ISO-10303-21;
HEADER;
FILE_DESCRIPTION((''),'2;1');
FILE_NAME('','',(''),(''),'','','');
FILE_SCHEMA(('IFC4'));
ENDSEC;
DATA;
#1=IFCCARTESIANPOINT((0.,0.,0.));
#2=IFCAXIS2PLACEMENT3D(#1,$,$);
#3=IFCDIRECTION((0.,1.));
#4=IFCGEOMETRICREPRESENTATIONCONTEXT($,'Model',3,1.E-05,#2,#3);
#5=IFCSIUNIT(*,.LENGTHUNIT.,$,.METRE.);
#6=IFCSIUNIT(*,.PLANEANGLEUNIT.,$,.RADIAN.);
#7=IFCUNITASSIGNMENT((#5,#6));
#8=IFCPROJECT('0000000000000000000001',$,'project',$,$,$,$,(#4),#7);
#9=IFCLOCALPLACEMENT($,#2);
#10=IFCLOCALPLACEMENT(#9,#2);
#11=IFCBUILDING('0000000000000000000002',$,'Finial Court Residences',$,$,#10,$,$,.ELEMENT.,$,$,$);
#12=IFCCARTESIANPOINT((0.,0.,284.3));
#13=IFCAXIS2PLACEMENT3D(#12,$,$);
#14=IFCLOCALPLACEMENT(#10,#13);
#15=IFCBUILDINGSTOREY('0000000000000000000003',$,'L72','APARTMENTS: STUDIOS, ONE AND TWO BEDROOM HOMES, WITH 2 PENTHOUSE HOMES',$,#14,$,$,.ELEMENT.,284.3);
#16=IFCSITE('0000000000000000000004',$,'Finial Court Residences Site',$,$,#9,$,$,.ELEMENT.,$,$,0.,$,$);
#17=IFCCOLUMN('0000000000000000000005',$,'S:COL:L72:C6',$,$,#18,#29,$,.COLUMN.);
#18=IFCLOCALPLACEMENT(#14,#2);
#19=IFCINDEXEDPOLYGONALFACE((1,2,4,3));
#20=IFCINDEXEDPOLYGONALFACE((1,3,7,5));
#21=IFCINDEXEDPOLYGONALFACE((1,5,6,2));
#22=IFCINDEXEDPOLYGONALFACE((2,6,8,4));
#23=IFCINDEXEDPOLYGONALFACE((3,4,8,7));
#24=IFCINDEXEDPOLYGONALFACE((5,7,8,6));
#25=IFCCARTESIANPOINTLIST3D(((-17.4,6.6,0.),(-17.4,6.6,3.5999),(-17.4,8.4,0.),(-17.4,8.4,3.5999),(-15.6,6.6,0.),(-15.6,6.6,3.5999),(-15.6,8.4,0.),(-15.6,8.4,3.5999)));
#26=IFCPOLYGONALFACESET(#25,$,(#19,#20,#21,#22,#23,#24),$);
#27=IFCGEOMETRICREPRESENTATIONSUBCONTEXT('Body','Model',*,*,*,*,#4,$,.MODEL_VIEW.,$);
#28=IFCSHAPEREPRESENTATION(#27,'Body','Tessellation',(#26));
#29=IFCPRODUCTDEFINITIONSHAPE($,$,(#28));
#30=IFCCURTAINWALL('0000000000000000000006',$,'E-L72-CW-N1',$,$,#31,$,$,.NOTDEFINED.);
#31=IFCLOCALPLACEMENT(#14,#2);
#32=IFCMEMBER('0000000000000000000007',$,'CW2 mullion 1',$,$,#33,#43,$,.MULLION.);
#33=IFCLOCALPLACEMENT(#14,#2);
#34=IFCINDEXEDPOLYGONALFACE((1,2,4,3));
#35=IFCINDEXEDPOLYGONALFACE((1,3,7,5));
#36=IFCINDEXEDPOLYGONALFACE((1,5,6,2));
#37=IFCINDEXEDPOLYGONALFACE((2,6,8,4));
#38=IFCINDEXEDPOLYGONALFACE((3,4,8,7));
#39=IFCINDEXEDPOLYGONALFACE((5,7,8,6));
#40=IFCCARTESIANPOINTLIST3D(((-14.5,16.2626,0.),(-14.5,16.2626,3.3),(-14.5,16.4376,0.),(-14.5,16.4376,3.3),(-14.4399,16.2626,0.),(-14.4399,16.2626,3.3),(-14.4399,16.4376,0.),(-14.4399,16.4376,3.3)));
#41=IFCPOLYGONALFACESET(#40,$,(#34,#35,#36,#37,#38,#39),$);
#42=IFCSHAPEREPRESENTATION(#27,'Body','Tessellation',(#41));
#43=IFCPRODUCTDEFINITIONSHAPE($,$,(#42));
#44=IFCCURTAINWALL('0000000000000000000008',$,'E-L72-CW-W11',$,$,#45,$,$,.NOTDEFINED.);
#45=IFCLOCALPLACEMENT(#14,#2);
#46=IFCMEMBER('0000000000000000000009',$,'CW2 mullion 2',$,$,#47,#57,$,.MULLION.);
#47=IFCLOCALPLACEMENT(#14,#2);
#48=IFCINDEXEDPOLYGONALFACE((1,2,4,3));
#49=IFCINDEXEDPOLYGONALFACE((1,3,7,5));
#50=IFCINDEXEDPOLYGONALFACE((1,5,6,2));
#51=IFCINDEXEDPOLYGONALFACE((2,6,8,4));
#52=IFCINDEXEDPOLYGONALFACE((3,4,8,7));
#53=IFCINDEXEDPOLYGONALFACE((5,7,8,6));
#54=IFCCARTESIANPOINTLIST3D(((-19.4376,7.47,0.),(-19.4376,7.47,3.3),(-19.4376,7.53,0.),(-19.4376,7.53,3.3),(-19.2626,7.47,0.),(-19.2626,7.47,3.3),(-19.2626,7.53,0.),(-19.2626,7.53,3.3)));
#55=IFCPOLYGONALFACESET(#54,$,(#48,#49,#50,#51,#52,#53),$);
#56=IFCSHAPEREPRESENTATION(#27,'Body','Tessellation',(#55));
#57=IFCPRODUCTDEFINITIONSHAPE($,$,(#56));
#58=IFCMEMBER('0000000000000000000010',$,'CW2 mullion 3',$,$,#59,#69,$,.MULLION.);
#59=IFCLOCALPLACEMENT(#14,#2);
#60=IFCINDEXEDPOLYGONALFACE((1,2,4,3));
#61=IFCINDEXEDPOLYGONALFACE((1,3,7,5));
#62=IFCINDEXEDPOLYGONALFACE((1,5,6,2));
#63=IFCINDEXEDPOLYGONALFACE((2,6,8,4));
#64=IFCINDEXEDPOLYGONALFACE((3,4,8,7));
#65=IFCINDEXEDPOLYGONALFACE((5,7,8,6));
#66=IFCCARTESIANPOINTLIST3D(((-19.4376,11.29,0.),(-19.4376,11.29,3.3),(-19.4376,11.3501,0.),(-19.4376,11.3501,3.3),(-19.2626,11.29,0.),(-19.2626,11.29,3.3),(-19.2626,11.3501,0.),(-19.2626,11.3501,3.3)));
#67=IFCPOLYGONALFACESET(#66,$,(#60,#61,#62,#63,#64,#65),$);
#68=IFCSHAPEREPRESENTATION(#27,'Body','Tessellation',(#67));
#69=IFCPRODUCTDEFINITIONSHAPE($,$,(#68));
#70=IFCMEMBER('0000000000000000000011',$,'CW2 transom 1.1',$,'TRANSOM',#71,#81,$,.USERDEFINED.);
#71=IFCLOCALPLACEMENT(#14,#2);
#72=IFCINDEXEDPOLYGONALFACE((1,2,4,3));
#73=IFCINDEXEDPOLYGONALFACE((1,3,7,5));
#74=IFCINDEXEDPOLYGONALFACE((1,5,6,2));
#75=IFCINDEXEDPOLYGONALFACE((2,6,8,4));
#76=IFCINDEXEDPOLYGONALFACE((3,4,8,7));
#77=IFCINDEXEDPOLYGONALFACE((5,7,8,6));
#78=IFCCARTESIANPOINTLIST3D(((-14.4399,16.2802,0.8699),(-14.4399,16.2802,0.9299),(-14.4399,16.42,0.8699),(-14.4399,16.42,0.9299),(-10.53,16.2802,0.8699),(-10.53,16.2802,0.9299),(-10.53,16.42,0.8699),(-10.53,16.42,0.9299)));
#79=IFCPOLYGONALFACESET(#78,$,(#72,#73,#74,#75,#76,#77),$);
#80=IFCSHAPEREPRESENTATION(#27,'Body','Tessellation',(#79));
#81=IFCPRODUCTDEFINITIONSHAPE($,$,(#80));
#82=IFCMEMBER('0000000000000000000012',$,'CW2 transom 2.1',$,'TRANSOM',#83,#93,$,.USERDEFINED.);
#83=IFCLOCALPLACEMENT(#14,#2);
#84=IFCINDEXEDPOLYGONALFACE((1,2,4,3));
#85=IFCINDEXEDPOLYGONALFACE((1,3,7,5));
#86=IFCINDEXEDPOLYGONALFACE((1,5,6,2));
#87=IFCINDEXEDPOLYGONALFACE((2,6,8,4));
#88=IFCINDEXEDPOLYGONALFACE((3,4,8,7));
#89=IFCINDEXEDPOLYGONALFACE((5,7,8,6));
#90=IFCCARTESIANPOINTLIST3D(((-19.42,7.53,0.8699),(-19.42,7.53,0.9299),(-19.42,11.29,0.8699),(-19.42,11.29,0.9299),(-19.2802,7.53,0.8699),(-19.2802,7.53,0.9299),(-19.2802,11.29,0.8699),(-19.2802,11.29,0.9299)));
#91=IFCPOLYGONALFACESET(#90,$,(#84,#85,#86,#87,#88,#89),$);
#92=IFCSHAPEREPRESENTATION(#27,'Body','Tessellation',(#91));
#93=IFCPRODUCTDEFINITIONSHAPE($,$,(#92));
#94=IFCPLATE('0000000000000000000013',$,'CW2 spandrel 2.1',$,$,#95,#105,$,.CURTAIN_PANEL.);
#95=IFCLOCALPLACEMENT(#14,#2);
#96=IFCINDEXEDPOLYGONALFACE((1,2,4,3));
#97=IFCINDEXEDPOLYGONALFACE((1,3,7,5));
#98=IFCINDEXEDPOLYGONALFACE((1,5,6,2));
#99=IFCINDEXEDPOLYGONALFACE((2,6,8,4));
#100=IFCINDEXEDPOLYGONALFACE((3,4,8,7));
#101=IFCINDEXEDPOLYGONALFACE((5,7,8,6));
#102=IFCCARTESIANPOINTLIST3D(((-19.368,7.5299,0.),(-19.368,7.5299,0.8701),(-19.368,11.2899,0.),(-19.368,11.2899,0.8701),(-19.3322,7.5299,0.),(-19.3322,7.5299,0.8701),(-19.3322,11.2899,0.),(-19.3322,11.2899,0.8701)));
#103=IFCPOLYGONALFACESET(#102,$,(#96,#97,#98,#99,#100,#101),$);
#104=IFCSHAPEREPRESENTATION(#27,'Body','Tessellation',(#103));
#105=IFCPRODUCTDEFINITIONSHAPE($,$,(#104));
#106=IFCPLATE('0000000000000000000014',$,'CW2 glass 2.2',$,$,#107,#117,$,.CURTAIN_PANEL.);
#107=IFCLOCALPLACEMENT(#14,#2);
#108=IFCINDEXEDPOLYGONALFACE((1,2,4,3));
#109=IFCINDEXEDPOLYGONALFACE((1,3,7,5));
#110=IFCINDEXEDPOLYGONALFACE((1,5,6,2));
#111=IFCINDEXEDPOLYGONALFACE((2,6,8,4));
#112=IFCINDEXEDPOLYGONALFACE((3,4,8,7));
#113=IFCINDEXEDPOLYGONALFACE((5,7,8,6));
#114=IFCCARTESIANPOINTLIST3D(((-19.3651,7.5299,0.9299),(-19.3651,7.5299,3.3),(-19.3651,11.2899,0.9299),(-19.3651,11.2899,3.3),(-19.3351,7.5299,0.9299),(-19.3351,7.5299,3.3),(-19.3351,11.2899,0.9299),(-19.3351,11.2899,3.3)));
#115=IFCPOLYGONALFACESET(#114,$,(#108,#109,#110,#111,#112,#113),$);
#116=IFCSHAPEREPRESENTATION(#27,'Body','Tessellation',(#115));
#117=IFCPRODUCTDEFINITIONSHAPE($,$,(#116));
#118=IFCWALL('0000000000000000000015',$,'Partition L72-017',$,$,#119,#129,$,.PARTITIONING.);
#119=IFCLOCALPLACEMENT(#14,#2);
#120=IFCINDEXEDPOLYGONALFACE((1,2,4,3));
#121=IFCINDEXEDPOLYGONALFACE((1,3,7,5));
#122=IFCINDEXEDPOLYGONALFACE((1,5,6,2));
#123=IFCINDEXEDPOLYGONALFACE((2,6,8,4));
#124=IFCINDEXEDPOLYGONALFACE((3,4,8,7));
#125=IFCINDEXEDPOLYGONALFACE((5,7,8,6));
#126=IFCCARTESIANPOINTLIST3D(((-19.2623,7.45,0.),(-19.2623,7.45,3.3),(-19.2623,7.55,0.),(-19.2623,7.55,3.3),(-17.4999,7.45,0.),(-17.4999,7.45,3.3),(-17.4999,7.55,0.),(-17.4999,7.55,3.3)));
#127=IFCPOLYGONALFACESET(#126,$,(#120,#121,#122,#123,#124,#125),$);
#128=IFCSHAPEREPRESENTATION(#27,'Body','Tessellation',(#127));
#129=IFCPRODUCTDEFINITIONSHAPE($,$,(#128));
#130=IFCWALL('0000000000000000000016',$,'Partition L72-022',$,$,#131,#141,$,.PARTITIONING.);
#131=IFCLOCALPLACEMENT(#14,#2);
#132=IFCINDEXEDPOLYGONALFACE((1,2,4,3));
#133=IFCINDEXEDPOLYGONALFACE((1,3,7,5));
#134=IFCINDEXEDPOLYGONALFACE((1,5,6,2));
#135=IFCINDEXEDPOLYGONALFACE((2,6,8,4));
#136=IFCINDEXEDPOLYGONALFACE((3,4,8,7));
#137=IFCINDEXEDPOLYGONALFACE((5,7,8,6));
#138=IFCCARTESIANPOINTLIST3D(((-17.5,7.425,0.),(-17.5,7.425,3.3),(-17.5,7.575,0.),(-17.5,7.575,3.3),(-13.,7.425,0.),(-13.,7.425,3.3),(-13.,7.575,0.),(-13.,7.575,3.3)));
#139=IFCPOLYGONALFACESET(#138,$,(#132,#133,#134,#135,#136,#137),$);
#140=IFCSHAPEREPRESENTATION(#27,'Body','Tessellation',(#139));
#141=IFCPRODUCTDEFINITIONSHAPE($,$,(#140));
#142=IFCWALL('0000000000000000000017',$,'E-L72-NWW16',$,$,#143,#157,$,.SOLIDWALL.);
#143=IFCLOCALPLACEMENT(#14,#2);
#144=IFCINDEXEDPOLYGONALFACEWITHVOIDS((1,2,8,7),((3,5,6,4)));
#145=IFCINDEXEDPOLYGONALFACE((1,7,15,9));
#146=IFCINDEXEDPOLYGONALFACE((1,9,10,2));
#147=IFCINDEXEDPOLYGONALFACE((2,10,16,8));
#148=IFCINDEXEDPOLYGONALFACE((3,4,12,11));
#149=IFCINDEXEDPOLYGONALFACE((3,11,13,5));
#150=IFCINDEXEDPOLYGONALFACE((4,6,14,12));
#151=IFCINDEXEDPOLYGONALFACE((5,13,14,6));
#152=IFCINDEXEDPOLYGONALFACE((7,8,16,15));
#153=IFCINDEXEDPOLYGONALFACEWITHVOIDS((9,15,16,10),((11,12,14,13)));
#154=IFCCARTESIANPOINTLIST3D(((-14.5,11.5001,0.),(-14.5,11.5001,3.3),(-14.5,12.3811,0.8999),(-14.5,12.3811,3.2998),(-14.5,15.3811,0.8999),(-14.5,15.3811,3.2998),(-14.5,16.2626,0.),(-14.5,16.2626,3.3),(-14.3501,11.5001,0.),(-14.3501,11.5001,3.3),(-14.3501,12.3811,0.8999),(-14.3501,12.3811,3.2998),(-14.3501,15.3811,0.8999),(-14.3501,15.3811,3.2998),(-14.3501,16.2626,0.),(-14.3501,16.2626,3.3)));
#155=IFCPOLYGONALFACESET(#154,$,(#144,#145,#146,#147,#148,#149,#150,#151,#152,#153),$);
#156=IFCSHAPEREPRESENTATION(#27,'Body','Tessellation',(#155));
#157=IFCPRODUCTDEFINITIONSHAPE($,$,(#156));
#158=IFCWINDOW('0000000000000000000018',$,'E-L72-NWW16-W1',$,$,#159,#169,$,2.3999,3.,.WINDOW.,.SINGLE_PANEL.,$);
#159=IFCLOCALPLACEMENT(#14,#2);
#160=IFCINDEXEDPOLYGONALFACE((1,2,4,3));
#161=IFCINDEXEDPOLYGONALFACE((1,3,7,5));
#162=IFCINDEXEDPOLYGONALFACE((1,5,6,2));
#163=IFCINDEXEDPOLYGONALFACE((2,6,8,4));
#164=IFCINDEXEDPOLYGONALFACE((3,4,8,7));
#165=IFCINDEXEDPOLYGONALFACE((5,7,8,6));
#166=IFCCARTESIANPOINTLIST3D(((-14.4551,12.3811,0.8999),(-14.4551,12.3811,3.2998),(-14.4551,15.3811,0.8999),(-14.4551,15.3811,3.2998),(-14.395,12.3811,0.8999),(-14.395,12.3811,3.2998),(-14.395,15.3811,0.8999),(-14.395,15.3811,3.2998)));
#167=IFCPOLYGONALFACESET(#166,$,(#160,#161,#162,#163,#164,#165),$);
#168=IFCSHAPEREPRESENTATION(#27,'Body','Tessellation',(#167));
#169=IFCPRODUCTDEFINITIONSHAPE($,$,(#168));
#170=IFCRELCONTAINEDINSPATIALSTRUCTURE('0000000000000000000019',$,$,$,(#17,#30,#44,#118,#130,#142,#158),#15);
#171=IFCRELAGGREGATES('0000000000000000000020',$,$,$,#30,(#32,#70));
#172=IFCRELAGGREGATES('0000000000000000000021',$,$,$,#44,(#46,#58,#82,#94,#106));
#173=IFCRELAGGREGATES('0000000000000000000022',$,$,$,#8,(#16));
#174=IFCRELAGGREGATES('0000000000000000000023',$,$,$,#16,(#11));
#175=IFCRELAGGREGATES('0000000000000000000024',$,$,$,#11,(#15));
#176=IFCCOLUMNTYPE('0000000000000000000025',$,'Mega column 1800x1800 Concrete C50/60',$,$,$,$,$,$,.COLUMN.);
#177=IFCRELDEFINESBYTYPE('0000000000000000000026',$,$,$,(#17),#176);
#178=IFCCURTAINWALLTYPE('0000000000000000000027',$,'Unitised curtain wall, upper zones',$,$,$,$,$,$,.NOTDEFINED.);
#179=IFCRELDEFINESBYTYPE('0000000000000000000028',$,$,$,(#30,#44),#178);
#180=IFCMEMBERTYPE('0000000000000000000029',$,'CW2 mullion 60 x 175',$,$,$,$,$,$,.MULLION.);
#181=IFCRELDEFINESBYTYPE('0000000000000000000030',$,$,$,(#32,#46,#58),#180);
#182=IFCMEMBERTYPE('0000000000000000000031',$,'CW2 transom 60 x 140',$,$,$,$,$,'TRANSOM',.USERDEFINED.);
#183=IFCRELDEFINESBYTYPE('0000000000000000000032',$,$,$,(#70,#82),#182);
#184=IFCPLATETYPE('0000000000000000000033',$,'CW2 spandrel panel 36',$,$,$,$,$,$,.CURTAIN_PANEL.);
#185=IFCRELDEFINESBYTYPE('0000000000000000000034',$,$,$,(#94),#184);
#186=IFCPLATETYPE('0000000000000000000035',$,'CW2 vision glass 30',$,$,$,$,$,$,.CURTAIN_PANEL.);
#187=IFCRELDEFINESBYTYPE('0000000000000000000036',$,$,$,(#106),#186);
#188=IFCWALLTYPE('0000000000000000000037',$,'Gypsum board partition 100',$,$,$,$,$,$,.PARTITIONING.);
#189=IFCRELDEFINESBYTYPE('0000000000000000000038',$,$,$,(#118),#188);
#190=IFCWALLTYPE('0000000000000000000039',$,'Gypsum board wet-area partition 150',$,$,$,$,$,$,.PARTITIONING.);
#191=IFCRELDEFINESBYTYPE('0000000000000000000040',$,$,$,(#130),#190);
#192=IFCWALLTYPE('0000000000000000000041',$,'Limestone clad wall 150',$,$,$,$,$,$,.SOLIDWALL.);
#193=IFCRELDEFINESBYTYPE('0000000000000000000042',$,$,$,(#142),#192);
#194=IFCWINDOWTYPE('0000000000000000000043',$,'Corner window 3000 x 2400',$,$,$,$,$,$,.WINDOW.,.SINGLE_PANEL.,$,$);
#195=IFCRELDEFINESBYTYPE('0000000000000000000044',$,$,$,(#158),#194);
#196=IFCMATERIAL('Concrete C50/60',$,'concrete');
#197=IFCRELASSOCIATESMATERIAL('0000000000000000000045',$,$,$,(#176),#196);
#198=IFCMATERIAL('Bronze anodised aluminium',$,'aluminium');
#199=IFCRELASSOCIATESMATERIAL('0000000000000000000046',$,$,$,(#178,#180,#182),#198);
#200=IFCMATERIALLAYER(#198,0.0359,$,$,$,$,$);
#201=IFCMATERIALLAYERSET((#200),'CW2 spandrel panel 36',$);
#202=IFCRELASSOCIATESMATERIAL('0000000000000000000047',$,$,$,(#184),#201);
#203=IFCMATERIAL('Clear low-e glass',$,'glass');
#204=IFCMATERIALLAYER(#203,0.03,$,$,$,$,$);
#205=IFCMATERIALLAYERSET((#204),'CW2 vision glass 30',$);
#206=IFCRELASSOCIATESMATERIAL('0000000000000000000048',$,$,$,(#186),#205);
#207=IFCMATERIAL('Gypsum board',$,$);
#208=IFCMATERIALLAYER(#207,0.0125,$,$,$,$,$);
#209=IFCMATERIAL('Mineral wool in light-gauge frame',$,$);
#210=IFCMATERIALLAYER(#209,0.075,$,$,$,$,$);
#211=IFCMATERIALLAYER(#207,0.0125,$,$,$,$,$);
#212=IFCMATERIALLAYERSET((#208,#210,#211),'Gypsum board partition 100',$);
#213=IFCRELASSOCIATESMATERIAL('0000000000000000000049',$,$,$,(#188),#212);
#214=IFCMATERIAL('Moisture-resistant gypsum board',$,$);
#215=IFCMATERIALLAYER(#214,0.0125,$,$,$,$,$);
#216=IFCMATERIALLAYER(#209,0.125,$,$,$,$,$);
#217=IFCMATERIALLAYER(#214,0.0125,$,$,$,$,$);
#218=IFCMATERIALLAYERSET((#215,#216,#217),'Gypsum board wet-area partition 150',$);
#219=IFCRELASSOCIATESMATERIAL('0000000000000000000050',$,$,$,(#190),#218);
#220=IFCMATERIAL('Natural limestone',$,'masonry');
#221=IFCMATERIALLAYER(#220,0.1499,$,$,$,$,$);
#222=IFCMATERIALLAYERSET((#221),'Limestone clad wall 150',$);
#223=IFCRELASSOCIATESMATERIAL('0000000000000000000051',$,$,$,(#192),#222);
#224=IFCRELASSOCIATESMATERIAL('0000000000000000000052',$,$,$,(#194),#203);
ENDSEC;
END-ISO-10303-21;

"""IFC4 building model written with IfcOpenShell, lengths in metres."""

from ifc_helpers import new_model, si_unit, direction, frame, frame_2d, origin, origin_2d, place, context, subcontext, project, spatial, rectangle, extrude, material, layer, layer_set, material_profile, profile_set, type_object, element, fill, aggregate, save


model = new_model("IFC4")

# Units and contexts
model_context = context("Model", 3, precision=1e-05, world=origin(), true_north=direction((0.0, 1.0)))
body_context = subcontext(model_context, "Body", "Model", "MODEL_VIEW")
ifc_project = project(units=[si_unit("LENGTHUNIT", "METRE"), si_unit("PLANEANGLEUNIT", "RADIAN")], contexts=[model_context])

# Site, building, storey
site_placement = place(None, origin())
site = spatial("IfcSite", under=ifc_project, at=site_placement, Name="Finial Court Residences Site", CompositionType="ELEMENT", RefElevation=0.0)
building_placement = place(site_placement, origin())
building = spatial("IfcBuilding", under=site, at=building_placement, Name="Finial Court Residences", CompositionType="ELEMENT")
storey_placement = place(building_placement, frame((0.0, 0.0, 284.3)))
storey = spatial("IfcBuildingStorey", under=building, at=storey_placement, Name="L72", Description="APARTMENTS: STUDIOS, ONE AND TWO BEDROOM HOMES, WITH 2 PENTHOUSE HOMES", CompositionType="ELEMENT", Elevation=284.3)

# Column
ifc_material_1 = material(Name="Concrete C50/60", Category="concrete")
ifc_material_profile_1 = material_profile(ifc_material_1, rectangle(XDim=1.8, YDim=1.8, at=origin_2d()), Name="1800x1800")
ifc_profile_set_1 = profile_set([ifc_material_profile_1], Name="Concrete C50/60")
column_type = type_object("IfcColumnType", Name="Mega column 1800x1800 Concrete C50/60", PredefinedType="COLUMN", material=ifc_profile_set_1)
column_placement = place(storey_placement, frame((-16.5, 7.5, 0.0), z_axis=(0.0, 0.0, 1.0), x_axis=(1.0, 0.0, 0.0)))
element("IfcColumn", 1, at=column_placement, inside=storey, type_object=column_type, Name="S:COL:L72:C6", PredefinedType="COLUMN", context=body_context, shape_type="SweptSolid", body=[
    extrude(rectangle(XDim=1.8, YDim=1.8, at=origin_2d()), origin(), (0.0, 0.0, 1.0), 3.5999),
])

# Curtain wall, member
ifc_material_2 = material(Name="Bronze anodised aluminium", Category="aluminium")
curtain_wall_type = type_object("IfcCurtainWallType", Name="Unitised curtain wall, upper zones", PredefinedType="NOTDEFINED", material=ifc_material_2)
curtain_wall_1_placement = place(storey_placement, origin())
curtain_wall_1 = element("IfcCurtainWall", 2, at=curtain_wall_1_placement, inside=storey, type_object=curtain_wall_type, Name="E-L72-CW-N1", PredefinedType="NOTDEFINED")
ifc_material_profile_2 = material_profile(ifc_material_2, rectangle(XDim=0.175, YDim=0.0601, at=origin_2d()), Name="CW2 mullion 60 x 175")
ifc_profile_set_2 = profile_set([ifc_material_profile_2], Name="Bronze anodised aluminium")
member_type_1 = type_object("IfcMemberType", Name="CW2 mullion 60 x 175", PredefinedType="MULLION", material=ifc_profile_set_2)
member_1_placement = place(storey_placement, frame((-14.47, 16.3501, 0.0), z_axis=(0.0, 0.0, 1.0), x_axis=(0.0, 1.0, 0.0)))
member_1 = element("IfcMember", 3, at=member_1_placement, type_object=member_type_1, Name="CW2 mullion 1", PredefinedType="MULLION", context=body_context, shape_type="SweptSolid", body=[
    extrude(rectangle(XDim=0.175, YDim=0.0601, at=origin_2d()), origin(), (0.0, 0.0, 1.0), 3.3),
])

# Curtain wall, members
curtain_wall_2_placement = place(storey_placement, origin())
curtain_wall_2 = element("IfcCurtainWall", 4, at=curtain_wall_2_placement, inside=storey, type_object=curtain_wall_type, Name="E-L72-CW-W11", PredefinedType="NOTDEFINED")
member_2_placement = place(storey_placement, frame((-19.3501, 7.5, 0.0), z_axis=(0.0, 0.0, 1.0), x_axis=(-1.0, 0.0, 0.0)))
member_2 = element("IfcMember", 5, at=member_2_placement, type_object=member_type_1, Name="CW2 mullion 2", PredefinedType="MULLION", context=body_context, shape_type="SweptSolid", body=[
    extrude(rectangle(XDim=0.175, YDim=0.0601, at=origin_2d()), origin(), (0.0, 0.0, 1.0), 3.3),
])
member_3_placement = place(storey_placement, frame((-19.3501, 11.3201, 0.0), z_axis=(0.0, 0.0, 1.0), x_axis=(-1.0, 0.0, 0.0)))
member_3 = element("IfcMember", 6, at=member_3_placement, type_object=member_type_1, Name="CW2 mullion 3", PredefinedType="MULLION", context=body_context, shape_type="SweptSolid", body=[
    extrude(rectangle(XDim=0.175, YDim=0.0601, at=origin_2d()), origin(), (0.0, 0.0, 1.0), 3.3),
])

# Members
ifc_material_profile_3 = material_profile(ifc_material_2, rectangle(XDim=0.1399, YDim=0.0601, at=origin_2d()), Name="CW2 transom 60 x 140")
ifc_profile_set_3 = profile_set([ifc_material_profile_3], Name="Bronze anodised aluminium")
member_type_2 = type_object("IfcMemberType", Name="CW2 transom 60 x 140", ElementType="TRANSOM", PredefinedType="USERDEFINED", material=ifc_profile_set_3)
member_4_placement = place(storey_placement, frame((-14.4399, 16.3501, 0.8999), z_axis=(1.0, 0.0, 0.0), x_axis=(0.0, 1.0, 0.0)))
member_4 = element("IfcMember", 7, at=member_4_placement, type_object=member_type_2, Name="CW2 transom 1.1", ObjectType="TRANSOM", PredefinedType="USERDEFINED", context=body_context, shape_type="SweptSolid", body=[
    extrude(rectangle(XDim=0.1399, YDim=0.0601, at=origin_2d()), origin(), (0.0, 0.0, 1.0), 3.9099),
])
aggregate(curtain_wall_1, [member_1, member_4])
member_5_placement = place(storey_placement, frame((-19.3501, 7.53, 0.8999), z_axis=(0.0, 1.0, 0.0), x_axis=(-1.0, 0.0, 0.0)))
member_5 = element("IfcMember", 8, at=member_5_placement, type_object=member_type_2, Name="CW2 transom 2.1", ObjectType="TRANSOM", PredefinedType="USERDEFINED", context=body_context, shape_type="SweptSolid", body=[
    extrude(rectangle(XDim=0.1399, YDim=0.0601, at=origin_2d()), origin(), (0.0, 0.0, 1.0), 3.76),
])

# Plates
ifc_layer_1 = layer(ifc_material_2, 0.0359)
ifc_layer_set_1 = layer_set([ifc_layer_1], Name="CW2 spandrel panel 36")
plate_type_1 = type_object("IfcPlateType", Name="CW2 spandrel panel 36", PredefinedType="CURTAIN_PANEL", material=ifc_layer_set_1)
plate_1_placement = place(storey_placement, frame((-19.3501, 9.4099, 0.0), z_axis=(0.0, 0.0, 1.0), x_axis=(0.0, 1.0, 0.0)))
plate_1 = element("IfcPlate", 9, at=plate_1_placement, type_object=plate_type_1, Name="CW2 spandrel 2.1", PredefinedType="CURTAIN_PANEL", context=body_context, shape_type="SweptSolid", body=[
    extrude(rectangle(XDim=3.76, YDim=0.0359, at=origin_2d()), origin(), (0.0, 0.0, 1.0), 0.8701),
])
ifc_material_3 = material(Name="Clear low-e glass", Category="glass")
ifc_layer_2 = layer(ifc_material_3, 0.03)
ifc_layer_set_2 = layer_set([ifc_layer_2], Name="CW2 vision glass 30")
plate_type_2 = type_object("IfcPlateType", Name="CW2 vision glass 30", PredefinedType="CURTAIN_PANEL", material=ifc_layer_set_2)
plate_2_placement = place(storey_placement, frame((-19.3501, 9.4099, 0.9299), z_axis=(0.0, 0.0, 1.0), x_axis=(0.0, 1.0, 0.0)))
plate_2 = element("IfcPlate", 10, at=plate_2_placement, type_object=plate_type_2, Name="CW2 glass 2.2", PredefinedType="CURTAIN_PANEL", context=body_context, shape_type="SweptSolid", body=[
    extrude(rectangle(XDim=3.76, YDim=0.03, at=origin_2d()), origin(), (0.0, 0.0, 1.0), 2.3701),
])
aggregate(curtain_wall_2, [member_2, member_3, member_5, plate_1, plate_2])

# Walls
ifc_material_4 = material(Name="Gypsum board")
ifc_layer_3 = layer(ifc_material_4, 0.0125)
ifc_material_5 = material(Name="Mineral wool in light-gauge frame")
ifc_layer_4 = layer(ifc_material_5, 0.075)
ifc_layer_5 = layer(ifc_material_4, 0.0125)
ifc_layer_set_3 = layer_set([ifc_layer_3, ifc_layer_4, ifc_layer_5], Name="Gypsum board partition 100")
wall_type_1 = type_object("IfcWallType", Name="Gypsum board partition 100", PredefinedType="PARTITIONING", material=ifc_layer_set_3)
wall_1_placement = place(storey_placement, frame((-19.2625, 7.5, 0.0), z_axis=(0.0, 0.0, 1.0), x_axis=(1.0, 0.0, 0.0)))
element("IfcWall", 11, at=wall_1_placement, inside=storey, type_object=wall_type_1, Name="Partition L72-017", PredefinedType="PARTITIONING", context=body_context, shape_type="SweptSolid", body=[
    extrude(rectangle(XDim=1.7625, YDim=0.1001, at=frame_2d((0.8813, 0.0))), origin(), (0.0, 0.0, 1.0), 3.3),
])
ifc_material_6 = material(Name="Moisture-resistant gypsum board")
ifc_layer_6 = layer(ifc_material_6, 0.0125)
ifc_layer_7 = layer(ifc_material_5, 0.125)
ifc_layer_8 = layer(ifc_material_6, 0.0125)
ifc_layer_set_4 = layer_set([ifc_layer_6, ifc_layer_7, ifc_layer_8], Name="Gypsum board wet-area partition 150")
wall_type_2 = type_object("IfcWallType", Name="Gypsum board wet-area partition 150", PredefinedType="PARTITIONING", material=ifc_layer_set_4)
wall_2_placement = place(storey_placement, frame((-17.5, 7.5, 0.0), z_axis=(0.0, 0.0, 1.0), x_axis=(1.0, 0.0, 0.0)))
element("IfcWall", 12, at=wall_2_placement, inside=storey, type_object=wall_type_2, Name="Partition L72-022", PredefinedType="PARTITIONING", context=body_context, shape_type="SweptSolid", body=[
    extrude(rectangle(XDim=4.5, YDim=0.1499, at=frame_2d((2.25, 0.0))), origin(), (0.0, 0.0, 1.0), 3.3),
])

# Wall, opening, window
ifc_material_7 = material(Name="Natural limestone", Category="masonry")
ifc_layer_9 = layer(ifc_material_7, 0.1499)
ifc_layer_set_5 = layer_set([ifc_layer_9], Name="Limestone clad wall 150")
wall_type_3 = type_object("IfcWallType", Name="Limestone clad wall 150", PredefinedType="SOLIDWALL", material=ifc_layer_set_5)
wall_3_placement = place(storey_placement, frame((-14.425, 11.5, 0.0), z_axis=(0.0, 0.0, 1.0), x_axis=(0.0, 1.0, 0.0)))
wall_3 = element("IfcWall", 13, at=wall_3_placement, inside=storey, type_object=wall_type_3, Name="E-L72-NWW16", PredefinedType="SOLIDWALL", context=body_context, shape_type="SweptSolid", body=[
    extrude(rectangle(XDim=4.7625, YDim=0.1499, at=frame_2d((2.3813, 0.0))), origin(), (0.0, 0.0, 1.0), 3.3),
])
opening_1_placement = place(wall_3_placement, frame((0.8811, 0.0, 0.8999)))
opening_1 = element("IfcOpeningElement", 14, at=opening_1_placement, cuts=wall_3, PredefinedType="OPENING", context=body_context, shape_type="SweptSolid", body=[
    extrude(rectangle(XDim=3.0, YDim=2.3999, at=frame_2d((1.5, 1.2))), frame((0.0, 0.085, 0.0), z_axis=(0.0, -1.0, 0.0), x_axis=(1.0, 0.0, 0.0)), (0.0, 0.0, 1.0), 0.1699),
])
window_type = type_object("IfcWindowType", Name="Corner window 3000 x 2400", PartitioningType="SINGLE_PANEL", PredefinedType="WINDOW", material=ifc_material_3)
window_1_placement = place(opening_1_placement, origin())
window_1 = element("IfcWindow", 15, at=window_1_placement, inside=storey, type_object=window_type, Name="E-L72-NWW16-W1", OverallHeight=2.3999, OverallWidth=3.0, PartitioningType="SINGLE_PANEL", PredefinedType="WINDOW", context=body_context, shape_type="SweptSolid", body=[
    extrude(rectangle(XDim=3.0, YDim=2.3999, at=frame_2d((1.5, 1.2))), frame((0.0, 0.03, 0.0), z_axis=(0.0, -1.0, 0.0), x_axis=(1.0, 0.0, 0.0)), (0.0, 0.0, 1.0), 0.0601),
])
fill(opening_1, window_1)

save(model, "model.ifc")
